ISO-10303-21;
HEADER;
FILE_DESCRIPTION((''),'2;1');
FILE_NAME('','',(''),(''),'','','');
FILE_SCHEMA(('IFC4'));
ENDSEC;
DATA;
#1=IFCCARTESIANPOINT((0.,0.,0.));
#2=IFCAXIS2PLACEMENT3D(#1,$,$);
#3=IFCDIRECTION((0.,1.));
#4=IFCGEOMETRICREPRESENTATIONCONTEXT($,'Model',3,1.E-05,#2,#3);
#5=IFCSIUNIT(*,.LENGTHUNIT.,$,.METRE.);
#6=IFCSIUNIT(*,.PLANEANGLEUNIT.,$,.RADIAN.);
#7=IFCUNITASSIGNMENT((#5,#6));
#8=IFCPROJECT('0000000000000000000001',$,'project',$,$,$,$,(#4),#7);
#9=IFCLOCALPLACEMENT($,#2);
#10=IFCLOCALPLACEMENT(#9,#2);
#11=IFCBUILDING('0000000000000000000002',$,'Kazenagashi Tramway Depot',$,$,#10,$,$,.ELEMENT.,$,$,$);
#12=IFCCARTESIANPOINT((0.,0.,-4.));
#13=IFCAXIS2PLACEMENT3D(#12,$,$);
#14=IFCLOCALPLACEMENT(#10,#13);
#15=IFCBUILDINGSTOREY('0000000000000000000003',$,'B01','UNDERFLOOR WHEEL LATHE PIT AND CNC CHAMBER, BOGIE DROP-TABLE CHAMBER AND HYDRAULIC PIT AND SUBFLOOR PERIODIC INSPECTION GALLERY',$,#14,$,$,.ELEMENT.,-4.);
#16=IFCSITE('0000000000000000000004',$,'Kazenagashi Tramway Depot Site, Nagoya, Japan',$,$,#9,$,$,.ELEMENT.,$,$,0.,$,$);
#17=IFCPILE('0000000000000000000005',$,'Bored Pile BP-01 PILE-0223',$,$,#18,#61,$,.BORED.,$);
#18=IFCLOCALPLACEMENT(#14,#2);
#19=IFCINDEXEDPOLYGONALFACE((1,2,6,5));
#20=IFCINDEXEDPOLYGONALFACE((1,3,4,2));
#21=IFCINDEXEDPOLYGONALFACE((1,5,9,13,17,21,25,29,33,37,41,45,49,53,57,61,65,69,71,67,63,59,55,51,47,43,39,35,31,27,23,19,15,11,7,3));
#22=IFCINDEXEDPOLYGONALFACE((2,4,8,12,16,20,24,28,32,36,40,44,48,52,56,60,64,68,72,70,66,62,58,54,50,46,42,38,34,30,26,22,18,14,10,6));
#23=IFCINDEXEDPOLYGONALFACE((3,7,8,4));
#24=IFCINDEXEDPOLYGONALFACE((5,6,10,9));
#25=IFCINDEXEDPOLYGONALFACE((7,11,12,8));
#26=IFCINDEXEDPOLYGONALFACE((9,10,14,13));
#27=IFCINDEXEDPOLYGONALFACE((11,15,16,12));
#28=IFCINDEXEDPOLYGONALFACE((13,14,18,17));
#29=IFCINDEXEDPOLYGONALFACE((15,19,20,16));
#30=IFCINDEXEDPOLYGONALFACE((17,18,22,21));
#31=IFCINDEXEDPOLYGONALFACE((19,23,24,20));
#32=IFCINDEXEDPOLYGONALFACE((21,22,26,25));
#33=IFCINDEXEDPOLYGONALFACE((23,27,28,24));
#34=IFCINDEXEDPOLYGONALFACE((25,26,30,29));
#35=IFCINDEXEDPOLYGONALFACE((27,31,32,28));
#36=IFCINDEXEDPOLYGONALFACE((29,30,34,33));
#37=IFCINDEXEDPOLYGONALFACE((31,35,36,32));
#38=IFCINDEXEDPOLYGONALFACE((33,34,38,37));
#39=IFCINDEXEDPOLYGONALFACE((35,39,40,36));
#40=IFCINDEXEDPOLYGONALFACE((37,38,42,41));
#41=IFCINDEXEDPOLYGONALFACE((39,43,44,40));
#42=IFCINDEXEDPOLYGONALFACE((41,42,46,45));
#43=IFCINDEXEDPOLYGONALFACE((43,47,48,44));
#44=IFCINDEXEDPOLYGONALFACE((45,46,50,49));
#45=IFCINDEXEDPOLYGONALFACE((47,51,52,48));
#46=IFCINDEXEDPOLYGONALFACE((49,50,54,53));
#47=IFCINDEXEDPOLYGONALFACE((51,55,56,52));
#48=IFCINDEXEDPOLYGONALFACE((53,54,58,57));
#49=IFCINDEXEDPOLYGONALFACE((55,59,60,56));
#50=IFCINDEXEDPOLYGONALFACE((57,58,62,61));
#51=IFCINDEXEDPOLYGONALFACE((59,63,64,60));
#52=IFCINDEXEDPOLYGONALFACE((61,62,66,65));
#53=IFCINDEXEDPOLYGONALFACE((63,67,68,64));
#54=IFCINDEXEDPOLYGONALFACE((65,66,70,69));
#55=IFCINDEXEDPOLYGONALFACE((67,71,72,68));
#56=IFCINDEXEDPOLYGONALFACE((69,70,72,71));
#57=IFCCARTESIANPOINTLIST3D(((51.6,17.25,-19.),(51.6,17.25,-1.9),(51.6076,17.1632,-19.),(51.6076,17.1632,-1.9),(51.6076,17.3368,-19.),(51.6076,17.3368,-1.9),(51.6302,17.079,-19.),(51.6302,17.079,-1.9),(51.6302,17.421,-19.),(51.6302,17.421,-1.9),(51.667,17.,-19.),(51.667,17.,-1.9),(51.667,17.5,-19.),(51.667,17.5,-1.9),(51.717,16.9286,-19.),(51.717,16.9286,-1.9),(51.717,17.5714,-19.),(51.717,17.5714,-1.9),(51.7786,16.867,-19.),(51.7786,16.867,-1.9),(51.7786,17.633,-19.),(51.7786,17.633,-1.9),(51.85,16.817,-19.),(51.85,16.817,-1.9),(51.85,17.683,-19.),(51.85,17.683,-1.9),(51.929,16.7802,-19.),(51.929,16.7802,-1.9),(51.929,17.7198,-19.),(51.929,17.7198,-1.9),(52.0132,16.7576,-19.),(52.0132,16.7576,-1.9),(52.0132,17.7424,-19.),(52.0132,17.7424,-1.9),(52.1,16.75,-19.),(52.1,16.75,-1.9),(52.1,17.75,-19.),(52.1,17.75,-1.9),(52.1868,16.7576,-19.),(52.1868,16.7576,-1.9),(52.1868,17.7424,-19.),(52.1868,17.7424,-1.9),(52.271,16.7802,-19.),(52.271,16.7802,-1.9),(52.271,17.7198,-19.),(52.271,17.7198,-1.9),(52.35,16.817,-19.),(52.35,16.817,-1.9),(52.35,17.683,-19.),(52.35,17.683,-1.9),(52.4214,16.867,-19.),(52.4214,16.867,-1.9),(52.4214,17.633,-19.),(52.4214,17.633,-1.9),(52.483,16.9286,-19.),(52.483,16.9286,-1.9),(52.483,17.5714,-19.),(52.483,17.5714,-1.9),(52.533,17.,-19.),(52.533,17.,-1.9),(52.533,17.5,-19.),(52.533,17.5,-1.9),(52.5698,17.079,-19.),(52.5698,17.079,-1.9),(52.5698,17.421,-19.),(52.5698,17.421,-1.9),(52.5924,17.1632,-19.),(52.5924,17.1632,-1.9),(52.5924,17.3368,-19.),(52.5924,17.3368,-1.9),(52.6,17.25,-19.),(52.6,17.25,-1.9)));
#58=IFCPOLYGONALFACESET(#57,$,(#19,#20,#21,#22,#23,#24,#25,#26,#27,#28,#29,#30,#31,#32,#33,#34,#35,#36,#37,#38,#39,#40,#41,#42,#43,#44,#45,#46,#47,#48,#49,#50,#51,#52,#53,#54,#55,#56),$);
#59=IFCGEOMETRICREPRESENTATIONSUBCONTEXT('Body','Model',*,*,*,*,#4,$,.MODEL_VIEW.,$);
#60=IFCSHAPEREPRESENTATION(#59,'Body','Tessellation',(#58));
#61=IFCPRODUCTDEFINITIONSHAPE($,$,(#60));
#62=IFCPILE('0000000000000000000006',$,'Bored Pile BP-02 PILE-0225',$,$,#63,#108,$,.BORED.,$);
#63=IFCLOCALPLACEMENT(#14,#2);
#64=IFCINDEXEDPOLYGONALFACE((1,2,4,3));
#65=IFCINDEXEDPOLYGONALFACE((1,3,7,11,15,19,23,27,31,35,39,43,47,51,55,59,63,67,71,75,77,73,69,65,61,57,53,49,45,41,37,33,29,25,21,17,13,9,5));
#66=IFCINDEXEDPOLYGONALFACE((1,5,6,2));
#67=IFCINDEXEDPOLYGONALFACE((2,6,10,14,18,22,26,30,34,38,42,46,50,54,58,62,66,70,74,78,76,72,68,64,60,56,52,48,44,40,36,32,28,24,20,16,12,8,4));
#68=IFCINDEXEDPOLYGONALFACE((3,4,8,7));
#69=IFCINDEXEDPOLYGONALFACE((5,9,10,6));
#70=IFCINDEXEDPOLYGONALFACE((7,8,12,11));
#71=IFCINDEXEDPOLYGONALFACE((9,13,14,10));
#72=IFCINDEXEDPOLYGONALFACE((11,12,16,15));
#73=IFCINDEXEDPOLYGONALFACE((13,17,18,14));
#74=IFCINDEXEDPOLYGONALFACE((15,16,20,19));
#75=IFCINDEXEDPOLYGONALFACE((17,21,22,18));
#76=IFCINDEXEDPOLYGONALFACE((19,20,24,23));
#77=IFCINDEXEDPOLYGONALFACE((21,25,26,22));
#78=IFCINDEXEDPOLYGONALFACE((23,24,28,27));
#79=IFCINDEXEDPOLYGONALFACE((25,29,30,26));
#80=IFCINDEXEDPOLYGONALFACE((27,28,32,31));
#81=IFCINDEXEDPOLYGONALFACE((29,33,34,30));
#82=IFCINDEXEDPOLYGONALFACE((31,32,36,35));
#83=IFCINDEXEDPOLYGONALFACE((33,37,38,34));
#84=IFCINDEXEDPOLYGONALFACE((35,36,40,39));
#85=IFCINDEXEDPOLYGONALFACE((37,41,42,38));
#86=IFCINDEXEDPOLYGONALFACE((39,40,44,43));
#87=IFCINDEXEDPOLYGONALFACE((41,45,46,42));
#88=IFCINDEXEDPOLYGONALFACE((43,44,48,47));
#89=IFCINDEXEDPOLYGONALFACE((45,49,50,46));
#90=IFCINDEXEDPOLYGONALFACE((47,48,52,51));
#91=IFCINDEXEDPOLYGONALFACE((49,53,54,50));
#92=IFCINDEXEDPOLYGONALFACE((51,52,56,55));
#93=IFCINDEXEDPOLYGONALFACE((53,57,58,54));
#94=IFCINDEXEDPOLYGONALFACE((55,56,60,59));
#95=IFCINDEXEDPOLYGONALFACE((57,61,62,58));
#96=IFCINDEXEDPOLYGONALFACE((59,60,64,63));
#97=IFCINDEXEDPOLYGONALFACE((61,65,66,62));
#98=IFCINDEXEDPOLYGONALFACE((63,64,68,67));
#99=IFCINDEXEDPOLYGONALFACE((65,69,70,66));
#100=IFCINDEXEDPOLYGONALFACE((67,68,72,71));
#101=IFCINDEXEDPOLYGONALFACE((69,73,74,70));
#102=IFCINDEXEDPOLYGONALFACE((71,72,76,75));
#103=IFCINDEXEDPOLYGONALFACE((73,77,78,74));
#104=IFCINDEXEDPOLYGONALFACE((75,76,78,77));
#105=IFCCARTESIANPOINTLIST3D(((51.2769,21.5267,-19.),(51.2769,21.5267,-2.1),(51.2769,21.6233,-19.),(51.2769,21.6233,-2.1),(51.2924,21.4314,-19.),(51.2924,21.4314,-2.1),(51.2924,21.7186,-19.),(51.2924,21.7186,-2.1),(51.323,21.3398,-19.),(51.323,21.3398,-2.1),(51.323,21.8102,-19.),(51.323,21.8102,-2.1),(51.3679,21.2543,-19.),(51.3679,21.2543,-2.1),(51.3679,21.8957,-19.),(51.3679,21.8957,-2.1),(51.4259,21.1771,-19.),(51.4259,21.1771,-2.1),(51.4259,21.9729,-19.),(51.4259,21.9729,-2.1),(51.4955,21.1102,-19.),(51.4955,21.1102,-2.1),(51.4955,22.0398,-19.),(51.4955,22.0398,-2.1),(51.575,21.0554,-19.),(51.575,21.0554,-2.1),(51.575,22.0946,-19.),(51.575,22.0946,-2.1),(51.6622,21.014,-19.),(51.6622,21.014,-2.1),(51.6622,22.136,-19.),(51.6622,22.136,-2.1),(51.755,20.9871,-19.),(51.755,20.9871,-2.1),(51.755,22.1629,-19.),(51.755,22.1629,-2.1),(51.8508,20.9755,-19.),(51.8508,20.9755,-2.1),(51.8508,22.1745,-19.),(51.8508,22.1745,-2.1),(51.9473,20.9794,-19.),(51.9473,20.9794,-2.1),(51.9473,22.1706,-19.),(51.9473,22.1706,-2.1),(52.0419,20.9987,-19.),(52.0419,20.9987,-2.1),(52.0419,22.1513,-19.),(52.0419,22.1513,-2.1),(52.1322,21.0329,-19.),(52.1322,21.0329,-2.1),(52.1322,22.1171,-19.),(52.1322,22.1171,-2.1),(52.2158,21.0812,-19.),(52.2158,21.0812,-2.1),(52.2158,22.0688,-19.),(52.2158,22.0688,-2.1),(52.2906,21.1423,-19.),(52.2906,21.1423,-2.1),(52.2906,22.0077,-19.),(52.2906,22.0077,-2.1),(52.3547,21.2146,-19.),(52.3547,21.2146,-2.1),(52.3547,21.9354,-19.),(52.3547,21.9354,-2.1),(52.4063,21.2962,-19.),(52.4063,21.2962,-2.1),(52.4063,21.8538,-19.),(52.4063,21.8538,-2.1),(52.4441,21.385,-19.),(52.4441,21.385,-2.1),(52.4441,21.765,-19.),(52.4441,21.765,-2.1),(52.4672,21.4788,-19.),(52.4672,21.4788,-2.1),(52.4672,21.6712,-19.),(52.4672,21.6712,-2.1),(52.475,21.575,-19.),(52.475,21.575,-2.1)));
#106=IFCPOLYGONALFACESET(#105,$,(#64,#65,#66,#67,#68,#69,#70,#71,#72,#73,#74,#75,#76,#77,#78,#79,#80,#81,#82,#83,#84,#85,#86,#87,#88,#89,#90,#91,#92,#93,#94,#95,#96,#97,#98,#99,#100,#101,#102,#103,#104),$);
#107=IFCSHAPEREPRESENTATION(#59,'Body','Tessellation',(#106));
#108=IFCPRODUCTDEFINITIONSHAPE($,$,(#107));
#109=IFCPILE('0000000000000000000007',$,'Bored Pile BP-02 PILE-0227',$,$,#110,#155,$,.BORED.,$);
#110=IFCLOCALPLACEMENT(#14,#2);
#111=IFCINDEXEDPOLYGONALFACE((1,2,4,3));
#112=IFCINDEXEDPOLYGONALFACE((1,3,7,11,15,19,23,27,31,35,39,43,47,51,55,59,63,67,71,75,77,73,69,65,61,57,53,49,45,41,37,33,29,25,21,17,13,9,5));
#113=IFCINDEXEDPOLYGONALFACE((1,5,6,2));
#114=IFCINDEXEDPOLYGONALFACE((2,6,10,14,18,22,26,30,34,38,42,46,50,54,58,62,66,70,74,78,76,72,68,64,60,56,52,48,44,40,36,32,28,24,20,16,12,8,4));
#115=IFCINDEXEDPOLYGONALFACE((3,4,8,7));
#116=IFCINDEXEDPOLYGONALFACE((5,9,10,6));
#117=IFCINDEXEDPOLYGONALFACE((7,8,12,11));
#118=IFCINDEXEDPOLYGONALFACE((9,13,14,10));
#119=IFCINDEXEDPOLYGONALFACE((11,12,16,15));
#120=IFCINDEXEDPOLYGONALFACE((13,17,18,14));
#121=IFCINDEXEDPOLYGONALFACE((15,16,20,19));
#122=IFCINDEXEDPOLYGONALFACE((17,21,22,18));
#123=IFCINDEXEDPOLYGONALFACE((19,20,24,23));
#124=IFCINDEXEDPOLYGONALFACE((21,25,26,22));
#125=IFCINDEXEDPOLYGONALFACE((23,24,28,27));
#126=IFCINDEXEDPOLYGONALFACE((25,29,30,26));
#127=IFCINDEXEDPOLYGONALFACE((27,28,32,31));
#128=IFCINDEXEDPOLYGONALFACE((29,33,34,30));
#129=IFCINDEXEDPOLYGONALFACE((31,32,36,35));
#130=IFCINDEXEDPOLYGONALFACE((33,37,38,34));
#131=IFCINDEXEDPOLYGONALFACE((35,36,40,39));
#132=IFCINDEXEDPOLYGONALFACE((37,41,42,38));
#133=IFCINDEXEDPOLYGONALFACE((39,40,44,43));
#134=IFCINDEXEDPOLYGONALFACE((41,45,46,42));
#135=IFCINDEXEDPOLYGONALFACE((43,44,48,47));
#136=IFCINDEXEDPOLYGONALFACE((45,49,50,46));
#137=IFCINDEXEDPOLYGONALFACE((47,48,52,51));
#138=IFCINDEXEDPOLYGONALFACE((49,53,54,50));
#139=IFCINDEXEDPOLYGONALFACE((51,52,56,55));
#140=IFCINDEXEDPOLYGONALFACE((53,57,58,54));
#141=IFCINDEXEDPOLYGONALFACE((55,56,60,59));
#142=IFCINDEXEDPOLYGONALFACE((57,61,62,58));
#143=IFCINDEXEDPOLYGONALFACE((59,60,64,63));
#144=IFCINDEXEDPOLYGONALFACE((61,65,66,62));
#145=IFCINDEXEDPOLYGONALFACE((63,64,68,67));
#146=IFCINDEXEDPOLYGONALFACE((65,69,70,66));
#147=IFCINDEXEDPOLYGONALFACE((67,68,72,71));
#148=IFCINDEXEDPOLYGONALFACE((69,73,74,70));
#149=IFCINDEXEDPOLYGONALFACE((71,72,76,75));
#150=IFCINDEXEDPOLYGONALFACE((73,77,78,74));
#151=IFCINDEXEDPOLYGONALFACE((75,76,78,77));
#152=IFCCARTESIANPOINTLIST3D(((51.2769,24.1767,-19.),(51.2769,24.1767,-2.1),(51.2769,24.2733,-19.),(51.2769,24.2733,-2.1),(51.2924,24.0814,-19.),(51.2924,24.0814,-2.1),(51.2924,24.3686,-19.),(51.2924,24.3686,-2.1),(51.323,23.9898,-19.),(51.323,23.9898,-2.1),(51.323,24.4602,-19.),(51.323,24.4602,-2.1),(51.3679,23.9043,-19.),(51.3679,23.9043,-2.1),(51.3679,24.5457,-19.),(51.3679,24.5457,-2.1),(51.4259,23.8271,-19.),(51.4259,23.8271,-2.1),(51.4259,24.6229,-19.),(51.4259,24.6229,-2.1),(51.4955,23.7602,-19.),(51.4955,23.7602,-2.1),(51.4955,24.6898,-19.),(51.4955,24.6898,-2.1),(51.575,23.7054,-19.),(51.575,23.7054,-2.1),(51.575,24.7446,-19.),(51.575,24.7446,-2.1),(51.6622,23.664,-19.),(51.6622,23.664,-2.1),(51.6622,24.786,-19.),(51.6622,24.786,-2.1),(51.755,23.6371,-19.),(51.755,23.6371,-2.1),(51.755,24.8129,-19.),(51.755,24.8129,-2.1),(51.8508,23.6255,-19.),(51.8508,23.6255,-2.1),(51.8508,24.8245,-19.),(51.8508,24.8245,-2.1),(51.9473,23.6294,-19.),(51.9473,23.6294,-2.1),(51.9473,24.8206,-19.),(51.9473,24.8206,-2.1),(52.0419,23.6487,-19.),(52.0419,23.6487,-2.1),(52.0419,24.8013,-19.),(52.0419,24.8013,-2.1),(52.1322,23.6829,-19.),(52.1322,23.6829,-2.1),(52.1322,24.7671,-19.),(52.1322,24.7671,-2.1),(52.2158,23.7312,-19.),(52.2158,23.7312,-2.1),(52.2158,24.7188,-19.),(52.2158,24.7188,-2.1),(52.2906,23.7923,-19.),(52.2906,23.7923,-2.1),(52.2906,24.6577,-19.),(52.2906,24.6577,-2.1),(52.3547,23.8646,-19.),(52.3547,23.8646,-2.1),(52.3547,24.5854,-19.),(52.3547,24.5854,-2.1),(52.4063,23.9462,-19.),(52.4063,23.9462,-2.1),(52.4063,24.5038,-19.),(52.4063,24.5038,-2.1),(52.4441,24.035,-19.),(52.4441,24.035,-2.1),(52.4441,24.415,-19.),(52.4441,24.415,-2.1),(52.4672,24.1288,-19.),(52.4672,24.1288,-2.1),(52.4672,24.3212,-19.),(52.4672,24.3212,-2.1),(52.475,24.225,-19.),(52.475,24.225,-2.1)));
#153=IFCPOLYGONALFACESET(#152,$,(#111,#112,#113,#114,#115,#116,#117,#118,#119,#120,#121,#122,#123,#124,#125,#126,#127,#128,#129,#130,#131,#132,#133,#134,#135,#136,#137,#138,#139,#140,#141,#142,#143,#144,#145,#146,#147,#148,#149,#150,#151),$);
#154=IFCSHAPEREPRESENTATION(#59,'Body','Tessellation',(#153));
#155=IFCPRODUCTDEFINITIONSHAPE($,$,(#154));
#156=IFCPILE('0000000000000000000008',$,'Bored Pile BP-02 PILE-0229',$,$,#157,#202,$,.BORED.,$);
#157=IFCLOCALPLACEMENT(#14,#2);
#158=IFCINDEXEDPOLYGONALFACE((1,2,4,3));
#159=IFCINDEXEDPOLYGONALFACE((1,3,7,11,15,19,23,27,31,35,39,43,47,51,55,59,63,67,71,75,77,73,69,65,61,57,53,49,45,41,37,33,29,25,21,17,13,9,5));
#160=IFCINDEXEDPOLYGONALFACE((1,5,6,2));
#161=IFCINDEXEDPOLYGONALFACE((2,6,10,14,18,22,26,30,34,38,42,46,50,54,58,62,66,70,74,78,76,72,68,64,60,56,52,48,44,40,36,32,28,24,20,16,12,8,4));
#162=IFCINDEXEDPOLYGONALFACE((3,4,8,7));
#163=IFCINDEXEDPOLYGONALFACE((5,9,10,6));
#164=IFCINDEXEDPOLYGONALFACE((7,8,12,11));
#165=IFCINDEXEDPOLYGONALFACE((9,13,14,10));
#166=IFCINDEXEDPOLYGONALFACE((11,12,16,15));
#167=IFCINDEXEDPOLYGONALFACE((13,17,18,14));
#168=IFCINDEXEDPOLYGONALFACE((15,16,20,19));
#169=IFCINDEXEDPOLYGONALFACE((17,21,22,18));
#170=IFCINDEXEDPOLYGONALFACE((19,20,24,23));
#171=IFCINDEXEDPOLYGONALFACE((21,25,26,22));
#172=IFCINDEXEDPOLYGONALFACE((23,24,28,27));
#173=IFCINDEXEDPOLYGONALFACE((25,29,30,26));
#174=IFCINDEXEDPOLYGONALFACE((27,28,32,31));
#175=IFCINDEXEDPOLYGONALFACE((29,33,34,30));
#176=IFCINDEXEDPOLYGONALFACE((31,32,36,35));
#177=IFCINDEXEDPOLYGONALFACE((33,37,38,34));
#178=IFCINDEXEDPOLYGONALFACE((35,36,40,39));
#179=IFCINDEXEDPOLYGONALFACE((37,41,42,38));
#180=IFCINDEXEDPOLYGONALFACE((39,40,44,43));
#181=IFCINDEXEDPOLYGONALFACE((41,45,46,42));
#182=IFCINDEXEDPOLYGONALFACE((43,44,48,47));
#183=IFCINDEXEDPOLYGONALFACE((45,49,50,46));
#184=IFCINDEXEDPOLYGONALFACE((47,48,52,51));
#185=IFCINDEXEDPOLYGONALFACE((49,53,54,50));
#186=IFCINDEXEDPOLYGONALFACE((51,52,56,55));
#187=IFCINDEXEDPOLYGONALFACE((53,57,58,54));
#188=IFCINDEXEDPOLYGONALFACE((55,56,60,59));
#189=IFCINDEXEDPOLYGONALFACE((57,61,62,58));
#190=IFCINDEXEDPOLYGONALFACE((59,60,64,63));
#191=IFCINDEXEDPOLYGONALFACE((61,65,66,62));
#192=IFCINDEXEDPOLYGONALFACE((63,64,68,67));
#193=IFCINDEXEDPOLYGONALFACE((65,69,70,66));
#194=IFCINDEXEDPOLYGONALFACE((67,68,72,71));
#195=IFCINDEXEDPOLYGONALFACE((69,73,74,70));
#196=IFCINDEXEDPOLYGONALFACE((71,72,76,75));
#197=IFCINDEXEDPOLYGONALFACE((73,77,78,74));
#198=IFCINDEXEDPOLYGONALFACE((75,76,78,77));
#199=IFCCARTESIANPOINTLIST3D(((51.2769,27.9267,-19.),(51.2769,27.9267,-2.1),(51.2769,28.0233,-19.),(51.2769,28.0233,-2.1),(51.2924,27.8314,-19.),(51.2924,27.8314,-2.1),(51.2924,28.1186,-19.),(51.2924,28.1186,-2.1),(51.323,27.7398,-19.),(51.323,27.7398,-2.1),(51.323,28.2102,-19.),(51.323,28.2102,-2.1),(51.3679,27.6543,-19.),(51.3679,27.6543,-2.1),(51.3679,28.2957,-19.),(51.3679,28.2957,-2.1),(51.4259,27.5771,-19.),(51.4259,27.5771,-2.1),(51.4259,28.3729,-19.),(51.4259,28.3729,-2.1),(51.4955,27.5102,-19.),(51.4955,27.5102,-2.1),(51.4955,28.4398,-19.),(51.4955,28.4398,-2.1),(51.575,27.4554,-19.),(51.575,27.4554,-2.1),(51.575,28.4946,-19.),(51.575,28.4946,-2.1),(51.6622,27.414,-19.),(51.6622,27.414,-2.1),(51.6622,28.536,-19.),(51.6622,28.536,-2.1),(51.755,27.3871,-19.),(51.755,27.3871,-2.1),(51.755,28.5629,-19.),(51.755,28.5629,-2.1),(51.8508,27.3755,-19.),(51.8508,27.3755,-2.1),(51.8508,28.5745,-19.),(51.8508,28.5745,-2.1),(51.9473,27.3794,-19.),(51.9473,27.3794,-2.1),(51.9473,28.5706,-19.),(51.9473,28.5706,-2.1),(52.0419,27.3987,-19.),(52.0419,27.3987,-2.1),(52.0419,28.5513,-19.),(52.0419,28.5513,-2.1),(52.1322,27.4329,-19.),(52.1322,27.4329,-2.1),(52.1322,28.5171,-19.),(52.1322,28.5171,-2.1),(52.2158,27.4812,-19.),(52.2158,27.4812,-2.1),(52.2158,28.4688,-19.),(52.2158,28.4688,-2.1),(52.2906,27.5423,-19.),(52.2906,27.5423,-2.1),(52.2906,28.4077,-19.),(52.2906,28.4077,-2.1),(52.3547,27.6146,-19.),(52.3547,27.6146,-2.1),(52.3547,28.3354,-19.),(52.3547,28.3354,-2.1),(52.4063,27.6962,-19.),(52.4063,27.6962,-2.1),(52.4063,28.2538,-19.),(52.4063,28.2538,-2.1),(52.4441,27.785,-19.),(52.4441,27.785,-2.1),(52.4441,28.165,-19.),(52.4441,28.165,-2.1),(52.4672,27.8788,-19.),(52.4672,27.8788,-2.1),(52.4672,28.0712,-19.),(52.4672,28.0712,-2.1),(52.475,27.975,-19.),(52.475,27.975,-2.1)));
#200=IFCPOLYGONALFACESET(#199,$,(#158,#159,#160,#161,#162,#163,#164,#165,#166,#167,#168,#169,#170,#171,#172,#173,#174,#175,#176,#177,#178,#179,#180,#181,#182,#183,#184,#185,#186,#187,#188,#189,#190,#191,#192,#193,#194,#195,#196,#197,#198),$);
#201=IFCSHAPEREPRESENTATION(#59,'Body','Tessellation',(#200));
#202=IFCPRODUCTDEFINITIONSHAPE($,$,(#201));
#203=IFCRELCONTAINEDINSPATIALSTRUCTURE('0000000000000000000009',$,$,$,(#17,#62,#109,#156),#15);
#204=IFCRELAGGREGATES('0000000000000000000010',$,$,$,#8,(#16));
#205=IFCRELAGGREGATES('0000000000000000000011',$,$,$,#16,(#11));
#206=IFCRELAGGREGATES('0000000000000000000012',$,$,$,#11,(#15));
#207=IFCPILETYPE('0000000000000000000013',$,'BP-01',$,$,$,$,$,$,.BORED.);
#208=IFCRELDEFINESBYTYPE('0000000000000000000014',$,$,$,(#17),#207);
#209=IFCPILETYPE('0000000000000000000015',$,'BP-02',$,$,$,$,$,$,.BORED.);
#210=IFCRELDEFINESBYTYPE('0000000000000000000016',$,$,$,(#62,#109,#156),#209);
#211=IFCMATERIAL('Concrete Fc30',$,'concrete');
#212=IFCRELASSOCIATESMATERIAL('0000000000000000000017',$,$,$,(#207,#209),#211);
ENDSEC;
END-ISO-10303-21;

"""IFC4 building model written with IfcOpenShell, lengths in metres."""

from ifc_helpers import new_model, si_unit, direction, frame, origin, origin_2d, place, context, subcontext, project, spatial, circle, extrude, material, material_profile, profile_set, type_object, element, save


model = new_model("IFC4")

# Units and contexts
model_context = context("Model", 3, precision=1e-05, world=origin(), true_north=direction((0.0, 1.0)))
body_context = subcontext(model_context, "Body", "Model", "MODEL_VIEW")
ifc_project = project(units=[si_unit("LENGTHUNIT", "METRE"), si_unit("PLANEANGLEUNIT", "RADIAN")], contexts=[model_context])

# Site, building, storey
site_placement = place(None, origin())
site = spatial("IfcSite", under=ifc_project, at=site_placement, Name="Kazenagashi Tramway Depot Site, Nagoya, Japan", CompositionType="ELEMENT", RefElevation=0.0)
building_placement = place(site_placement, origin())
building = spatial("IfcBuilding", under=site, at=building_placement, Name="Kazenagashi Tramway Depot", CompositionType="ELEMENT")
storey_placement = place(building_placement, frame((0.0, 0.0, -4.0)))
storey = spatial("IfcBuildingStorey", under=building, at=storey_placement, Name="B01", Description="UNDERFLOOR WHEEL LATHE PIT AND CNC CHAMBER, BOGIE DROP-TABLE CHAMBER AND HYDRAULIC PIT AND SUBFLOOR PERIODIC INSPECTION GALLERY", CompositionType="ELEMENT", Elevation=-4.0)

# Piles
ifc_material_1 = material(Name="Concrete Fc30", Category="concrete")
ifc_material_profile_1 = material_profile(ifc_material_1, circle(Radius=0.5, at=origin_2d()), Name="PILE-1000")
ifc_profile_set_1 = profile_set([ifc_material_profile_1], Name="Concrete Fc30")
pile_type_1 = type_object("IfcPileType", Name="BP-01", PredefinedType="BORED", material=ifc_profile_set_1)
for number, where, z_axis, x_axis, name in (
    (1, (52.1, 17.25, -1.9), (0.0, 0.0, -1.0), (1.0, 0.0, 0.0), "Bored Pile BP-01 PILE-0223"),
):
    element("IfcPile", number, at=place(storey_placement, frame(where, z_axis=z_axis, x_axis=x_axis)), inside=storey, type_object=pile_type_1, Name=name, PredefinedType="BORED", context=body_context, shape_type="SweptSolid", body=[
        extrude(circle(Radius=0.5, at=origin_2d()), origin(), (0.0, 0.0, 1.0), 17.1),
    ])
ifc_material_profile_2 = material_profile(ifc_material_1, circle(Radius=0.6, at=origin_2d()), Name="PILE-1200")
ifc_profile_set_2 = profile_set([ifc_material_profile_2], Name="Concrete Fc30")
pile_type_2 = type_object("IfcPileType", Name="BP-02", PredefinedType="BORED", material=ifc_profile_set_2)
for number, where, z_axis, x_axis, name in (
    (2, (51.875, 21.575, -2.1), (0.0, 0.0, -1.0), (1.0, 0.0, 0.0), "Bored Pile BP-02 PILE-0225"),
    (3, (51.875, 24.225, -2.1), (0.0, 0.0, -1.0), (1.0, 0.0, 0.0), "Bored Pile BP-02 PILE-0227"),
    (4, (51.875, 27.975, -2.1), (0.0, 0.0, -1.0), (1.0, 0.0, 0.0), "Bored Pile BP-02 PILE-0229"),
):
    element("IfcPile", number, at=place(storey_placement, frame(where, z_axis=z_axis, x_axis=x_axis)), inside=storey, type_object=pile_type_2, Name=name, PredefinedType="BORED", context=body_context, shape_type="SweptSolid", body=[
        extrude(circle(Radius=0.6, at=origin_2d()), origin(), (0.0, 0.0, 1.0), 16.9),
    ])

save(model, "model.ifc")
